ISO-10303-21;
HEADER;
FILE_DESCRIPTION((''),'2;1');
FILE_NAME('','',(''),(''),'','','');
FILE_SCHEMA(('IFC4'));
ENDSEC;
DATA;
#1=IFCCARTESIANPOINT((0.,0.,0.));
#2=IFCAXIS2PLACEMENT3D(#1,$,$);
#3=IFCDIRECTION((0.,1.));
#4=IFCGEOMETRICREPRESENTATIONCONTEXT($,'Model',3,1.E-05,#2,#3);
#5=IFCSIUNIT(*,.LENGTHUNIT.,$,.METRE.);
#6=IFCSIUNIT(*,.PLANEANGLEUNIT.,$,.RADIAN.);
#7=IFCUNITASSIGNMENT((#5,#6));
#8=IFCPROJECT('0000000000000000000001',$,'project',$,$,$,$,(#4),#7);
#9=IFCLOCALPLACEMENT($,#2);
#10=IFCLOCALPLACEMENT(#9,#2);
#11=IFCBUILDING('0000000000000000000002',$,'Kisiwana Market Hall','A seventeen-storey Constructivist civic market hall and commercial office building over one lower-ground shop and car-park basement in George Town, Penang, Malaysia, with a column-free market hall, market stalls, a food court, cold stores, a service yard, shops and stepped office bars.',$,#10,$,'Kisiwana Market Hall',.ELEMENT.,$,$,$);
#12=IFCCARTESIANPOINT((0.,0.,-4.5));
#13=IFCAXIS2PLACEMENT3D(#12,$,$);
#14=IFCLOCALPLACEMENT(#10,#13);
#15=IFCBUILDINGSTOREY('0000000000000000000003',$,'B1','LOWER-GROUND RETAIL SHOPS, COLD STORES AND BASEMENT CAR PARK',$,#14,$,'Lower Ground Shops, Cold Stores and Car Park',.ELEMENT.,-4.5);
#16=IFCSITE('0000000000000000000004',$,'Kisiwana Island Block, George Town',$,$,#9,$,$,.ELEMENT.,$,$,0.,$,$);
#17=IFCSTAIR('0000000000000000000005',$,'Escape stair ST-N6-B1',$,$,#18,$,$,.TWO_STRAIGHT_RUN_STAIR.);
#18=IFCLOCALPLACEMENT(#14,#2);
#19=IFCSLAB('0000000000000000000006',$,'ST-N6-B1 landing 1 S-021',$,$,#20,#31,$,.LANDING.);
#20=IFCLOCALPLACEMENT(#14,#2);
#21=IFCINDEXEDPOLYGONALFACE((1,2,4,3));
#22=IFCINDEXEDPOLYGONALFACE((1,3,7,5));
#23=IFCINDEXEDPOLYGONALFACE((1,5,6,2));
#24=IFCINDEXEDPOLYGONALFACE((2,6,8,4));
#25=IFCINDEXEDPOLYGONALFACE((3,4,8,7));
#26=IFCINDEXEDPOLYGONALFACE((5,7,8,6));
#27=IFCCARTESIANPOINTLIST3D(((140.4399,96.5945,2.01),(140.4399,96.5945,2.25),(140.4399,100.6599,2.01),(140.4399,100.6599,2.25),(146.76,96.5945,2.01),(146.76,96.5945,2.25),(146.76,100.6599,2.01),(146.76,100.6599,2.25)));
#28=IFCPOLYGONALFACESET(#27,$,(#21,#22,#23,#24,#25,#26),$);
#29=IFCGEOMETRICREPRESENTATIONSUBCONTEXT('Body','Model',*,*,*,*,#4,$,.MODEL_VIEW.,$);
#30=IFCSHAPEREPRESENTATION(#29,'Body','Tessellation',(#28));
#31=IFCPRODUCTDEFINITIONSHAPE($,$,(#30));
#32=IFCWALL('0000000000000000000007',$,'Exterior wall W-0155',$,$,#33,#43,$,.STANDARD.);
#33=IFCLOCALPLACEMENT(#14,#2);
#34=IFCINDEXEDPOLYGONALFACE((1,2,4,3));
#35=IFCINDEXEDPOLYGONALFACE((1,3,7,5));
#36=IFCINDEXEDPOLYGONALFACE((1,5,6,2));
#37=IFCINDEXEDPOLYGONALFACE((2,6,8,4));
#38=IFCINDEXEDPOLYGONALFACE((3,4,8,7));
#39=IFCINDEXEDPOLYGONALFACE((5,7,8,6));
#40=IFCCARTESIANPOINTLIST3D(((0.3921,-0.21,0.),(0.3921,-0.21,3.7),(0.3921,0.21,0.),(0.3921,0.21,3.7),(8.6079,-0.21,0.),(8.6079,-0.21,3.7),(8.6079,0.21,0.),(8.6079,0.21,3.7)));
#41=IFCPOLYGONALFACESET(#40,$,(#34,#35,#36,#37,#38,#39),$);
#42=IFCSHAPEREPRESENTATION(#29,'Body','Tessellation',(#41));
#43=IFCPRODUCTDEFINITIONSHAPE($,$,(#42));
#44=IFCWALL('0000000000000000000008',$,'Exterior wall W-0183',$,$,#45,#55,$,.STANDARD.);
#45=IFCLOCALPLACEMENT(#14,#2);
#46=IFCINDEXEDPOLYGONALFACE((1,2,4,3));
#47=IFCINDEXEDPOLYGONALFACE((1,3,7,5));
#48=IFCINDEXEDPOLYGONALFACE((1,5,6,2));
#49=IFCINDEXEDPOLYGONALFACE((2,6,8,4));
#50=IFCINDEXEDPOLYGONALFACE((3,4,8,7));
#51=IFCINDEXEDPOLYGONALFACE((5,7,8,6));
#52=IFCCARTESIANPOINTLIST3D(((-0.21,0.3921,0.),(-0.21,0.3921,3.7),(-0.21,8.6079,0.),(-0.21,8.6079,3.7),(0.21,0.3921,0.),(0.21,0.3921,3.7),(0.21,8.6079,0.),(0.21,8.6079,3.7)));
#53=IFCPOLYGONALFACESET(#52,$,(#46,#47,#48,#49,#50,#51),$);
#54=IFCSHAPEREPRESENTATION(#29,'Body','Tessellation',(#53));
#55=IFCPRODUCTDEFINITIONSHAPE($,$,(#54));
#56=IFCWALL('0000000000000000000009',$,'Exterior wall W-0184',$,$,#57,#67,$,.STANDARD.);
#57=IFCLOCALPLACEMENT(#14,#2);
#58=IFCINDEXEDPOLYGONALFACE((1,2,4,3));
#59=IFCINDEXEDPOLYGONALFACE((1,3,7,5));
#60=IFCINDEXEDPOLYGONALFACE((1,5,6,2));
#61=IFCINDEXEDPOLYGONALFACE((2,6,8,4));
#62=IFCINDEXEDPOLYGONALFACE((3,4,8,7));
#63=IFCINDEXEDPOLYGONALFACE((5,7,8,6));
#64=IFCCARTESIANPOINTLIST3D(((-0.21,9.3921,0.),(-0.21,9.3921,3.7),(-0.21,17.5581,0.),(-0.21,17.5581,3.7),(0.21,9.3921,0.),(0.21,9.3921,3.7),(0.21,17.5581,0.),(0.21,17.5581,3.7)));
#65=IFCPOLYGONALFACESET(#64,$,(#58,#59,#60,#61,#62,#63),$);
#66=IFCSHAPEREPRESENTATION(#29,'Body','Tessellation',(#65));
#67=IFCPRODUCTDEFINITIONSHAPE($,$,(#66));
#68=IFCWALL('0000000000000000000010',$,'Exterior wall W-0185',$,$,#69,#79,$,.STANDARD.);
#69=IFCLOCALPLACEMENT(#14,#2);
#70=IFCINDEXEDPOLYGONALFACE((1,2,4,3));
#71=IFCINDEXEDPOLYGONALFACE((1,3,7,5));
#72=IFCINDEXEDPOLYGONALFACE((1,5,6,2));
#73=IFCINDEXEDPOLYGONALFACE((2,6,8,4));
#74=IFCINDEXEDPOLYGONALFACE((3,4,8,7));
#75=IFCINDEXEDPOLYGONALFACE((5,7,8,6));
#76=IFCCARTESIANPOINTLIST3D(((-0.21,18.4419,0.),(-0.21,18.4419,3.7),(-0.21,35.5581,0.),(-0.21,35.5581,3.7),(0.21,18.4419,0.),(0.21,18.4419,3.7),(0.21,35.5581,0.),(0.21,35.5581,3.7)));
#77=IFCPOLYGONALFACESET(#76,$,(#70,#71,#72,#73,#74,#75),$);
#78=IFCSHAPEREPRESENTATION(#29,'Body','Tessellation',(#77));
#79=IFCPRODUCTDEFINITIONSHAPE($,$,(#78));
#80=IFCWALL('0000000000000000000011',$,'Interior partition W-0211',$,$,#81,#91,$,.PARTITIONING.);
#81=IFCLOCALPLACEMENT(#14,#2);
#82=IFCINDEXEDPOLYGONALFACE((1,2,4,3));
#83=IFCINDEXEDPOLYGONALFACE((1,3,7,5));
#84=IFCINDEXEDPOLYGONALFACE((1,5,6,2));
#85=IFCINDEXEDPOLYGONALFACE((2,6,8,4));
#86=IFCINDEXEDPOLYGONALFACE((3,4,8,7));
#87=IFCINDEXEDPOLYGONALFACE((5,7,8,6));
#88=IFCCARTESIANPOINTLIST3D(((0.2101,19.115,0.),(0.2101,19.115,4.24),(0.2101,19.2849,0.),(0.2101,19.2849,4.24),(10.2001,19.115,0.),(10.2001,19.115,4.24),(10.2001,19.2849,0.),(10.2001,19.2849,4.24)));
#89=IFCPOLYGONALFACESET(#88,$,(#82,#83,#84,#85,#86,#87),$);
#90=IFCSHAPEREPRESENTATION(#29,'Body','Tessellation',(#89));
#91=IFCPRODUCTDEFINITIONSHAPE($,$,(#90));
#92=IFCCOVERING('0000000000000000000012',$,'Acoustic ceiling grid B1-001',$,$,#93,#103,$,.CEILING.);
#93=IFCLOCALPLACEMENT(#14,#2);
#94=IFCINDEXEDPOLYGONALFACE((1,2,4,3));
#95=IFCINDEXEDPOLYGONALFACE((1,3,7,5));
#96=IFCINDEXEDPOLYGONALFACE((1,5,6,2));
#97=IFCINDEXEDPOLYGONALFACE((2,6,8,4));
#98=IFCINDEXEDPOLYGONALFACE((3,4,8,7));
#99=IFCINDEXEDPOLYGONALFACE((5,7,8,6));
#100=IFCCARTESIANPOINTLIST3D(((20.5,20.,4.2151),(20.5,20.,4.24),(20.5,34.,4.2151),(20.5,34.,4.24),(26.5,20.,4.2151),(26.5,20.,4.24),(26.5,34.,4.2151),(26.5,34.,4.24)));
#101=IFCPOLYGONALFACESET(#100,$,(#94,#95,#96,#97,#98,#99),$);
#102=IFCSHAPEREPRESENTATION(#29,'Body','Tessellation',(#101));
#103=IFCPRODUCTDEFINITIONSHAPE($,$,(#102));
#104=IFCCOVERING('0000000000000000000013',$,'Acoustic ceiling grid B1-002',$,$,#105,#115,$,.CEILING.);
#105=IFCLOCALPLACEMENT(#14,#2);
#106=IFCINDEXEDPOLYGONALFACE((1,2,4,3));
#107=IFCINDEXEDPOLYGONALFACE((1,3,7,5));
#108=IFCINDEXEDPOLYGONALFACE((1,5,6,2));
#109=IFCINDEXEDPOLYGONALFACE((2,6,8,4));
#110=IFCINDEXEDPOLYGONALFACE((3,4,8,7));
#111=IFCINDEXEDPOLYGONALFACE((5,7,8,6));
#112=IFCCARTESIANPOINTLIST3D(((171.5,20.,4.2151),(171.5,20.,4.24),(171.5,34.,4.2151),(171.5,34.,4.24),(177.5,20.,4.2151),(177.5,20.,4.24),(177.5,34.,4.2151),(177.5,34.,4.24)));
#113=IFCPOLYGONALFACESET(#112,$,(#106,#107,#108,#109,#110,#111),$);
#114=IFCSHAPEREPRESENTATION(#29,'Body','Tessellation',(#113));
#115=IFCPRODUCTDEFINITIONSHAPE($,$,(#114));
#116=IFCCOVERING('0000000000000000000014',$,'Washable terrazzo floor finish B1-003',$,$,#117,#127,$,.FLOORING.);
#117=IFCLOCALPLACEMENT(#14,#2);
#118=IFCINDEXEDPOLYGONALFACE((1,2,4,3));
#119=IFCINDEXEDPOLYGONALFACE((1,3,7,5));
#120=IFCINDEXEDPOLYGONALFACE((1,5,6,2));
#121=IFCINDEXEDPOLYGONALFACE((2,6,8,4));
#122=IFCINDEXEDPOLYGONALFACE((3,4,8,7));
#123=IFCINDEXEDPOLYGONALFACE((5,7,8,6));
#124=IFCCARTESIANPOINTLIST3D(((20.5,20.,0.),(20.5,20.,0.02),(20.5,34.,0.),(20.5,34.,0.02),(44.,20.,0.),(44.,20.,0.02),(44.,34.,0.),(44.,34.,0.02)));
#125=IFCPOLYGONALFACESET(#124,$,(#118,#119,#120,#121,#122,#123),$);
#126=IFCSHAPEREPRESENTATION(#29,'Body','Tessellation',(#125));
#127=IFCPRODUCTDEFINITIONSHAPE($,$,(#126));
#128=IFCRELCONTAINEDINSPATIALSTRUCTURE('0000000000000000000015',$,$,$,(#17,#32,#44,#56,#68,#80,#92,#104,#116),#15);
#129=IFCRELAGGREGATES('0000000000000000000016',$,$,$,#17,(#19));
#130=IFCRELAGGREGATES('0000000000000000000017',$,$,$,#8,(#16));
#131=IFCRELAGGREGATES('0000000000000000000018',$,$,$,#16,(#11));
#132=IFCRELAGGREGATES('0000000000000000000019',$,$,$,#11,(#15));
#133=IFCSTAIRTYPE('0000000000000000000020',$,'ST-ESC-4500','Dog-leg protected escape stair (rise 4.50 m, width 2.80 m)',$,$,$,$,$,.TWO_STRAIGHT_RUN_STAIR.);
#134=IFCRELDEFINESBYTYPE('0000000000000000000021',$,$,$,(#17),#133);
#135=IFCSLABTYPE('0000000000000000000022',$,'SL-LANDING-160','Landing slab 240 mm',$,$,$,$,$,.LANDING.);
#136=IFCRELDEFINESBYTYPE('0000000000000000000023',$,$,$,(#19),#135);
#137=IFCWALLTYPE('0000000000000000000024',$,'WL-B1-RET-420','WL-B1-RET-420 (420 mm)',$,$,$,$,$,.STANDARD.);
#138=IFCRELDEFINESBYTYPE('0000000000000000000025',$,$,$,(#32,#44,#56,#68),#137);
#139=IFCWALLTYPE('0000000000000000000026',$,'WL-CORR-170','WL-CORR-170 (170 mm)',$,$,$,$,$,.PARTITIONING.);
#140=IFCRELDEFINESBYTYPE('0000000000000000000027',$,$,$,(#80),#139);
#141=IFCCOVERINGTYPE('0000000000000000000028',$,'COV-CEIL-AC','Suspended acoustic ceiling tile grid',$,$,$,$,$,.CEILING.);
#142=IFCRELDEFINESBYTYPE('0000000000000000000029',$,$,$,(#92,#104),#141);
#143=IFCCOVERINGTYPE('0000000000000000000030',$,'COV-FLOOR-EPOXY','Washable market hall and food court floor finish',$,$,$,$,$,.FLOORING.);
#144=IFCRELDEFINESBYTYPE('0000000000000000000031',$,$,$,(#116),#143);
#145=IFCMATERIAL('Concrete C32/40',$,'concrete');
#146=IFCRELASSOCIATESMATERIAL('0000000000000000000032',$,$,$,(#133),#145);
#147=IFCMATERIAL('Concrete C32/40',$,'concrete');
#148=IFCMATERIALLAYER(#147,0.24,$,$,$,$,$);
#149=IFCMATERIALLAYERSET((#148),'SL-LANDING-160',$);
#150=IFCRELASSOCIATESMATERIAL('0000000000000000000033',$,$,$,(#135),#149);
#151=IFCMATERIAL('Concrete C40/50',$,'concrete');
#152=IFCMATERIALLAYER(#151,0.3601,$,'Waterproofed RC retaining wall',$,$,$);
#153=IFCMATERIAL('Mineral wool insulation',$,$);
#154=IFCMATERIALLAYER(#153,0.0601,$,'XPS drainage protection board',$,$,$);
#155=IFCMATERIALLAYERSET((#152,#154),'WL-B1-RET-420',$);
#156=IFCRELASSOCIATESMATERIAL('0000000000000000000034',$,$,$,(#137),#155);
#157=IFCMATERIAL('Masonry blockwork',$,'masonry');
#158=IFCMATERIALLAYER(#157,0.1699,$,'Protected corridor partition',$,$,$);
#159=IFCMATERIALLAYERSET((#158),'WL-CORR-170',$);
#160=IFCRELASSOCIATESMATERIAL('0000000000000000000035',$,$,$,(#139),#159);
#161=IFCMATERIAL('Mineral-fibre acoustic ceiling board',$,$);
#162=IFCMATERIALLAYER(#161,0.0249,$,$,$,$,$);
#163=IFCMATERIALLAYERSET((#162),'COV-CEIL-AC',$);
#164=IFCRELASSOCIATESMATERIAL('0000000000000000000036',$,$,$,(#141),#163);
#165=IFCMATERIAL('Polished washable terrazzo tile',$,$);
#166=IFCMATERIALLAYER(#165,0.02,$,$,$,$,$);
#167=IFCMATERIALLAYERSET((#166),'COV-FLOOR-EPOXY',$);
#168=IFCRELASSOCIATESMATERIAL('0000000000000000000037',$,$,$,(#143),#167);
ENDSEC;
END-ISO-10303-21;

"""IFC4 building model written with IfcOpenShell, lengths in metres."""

from ifc_helpers import new_model, si_unit, direction, frame, frame_2d, origin, place, context, subcontext, project, spatial, polyline, rectangle, outline, extrude, material, layer, layer_set, type_object, element, aggregate, save


model = new_model("IFC4")

# Units and contexts
model_context = context("Model", 3, precision=1e-05, world=origin(), true_north=direction((0.0, 1.0)))
body_context = subcontext(model_context, "Body", "Model", "MODEL_VIEW")
ifc_project = project(units=[si_unit("LENGTHUNIT", "METRE"), si_unit("PLANEANGLEUNIT", "RADIAN")], contexts=[model_context])

# Site, building, storey
site_placement = place(None, origin())
site = spatial("IfcSite", under=ifc_project, at=site_placement, Name="Kisiwana Island Block, George Town", CompositionType="ELEMENT", RefElevation=0.0)
building_placement = place(site_placement, origin())
building = spatial("IfcBuilding", under=site, at=building_placement, Name="Kisiwana Market Hall", Description="A seventeen-storey Constructivist civic market hall and commercial office building over one lower-ground shop and car-park basement in George Town, Penang, Malaysia, with a column-free market hall, market stalls, a food court, cold stores, a service yard, shops and stepped office bars.", LongName="Kisiwana Market Hall", CompositionType="ELEMENT")
storey_placement = place(building_placement, frame((0.0, 0.0, -4.5)))
storey = spatial("IfcBuildingStorey", under=building, at=storey_placement, Name="B1", Description="LOWER-GROUND RETAIL SHOPS, COLD STORES AND BASEMENT CAR PARK", LongName="Lower Ground Shops, Cold Stores and Car Park", CompositionType="ELEMENT", Elevation=-4.5)

# Stair, slab
ifc_material_1 = material(Name="Concrete C32/40", Category="concrete")
stair_type = type_object("IfcStairType", Name="ST-ESC-4500", Description="Dog-leg protected escape stair (rise 4.50 m, width 2.80 m)", PredefinedType="TWO_STRAIGHT_RUN_STAIR", material=ifc_material_1)
ifc_material_2 = material(Name="Concrete C32/40", Category="concrete")
ifc_layer_1 = layer(ifc_material_2, 0.24)
ifc_layer_set_1 = layer_set([ifc_layer_1], Name="SL-LANDING-160")
slab_type = type_object("IfcSlabType", Name="SL-LANDING-160", Description="Landing slab 240 mm", PredefinedType="LANDING", material=ifc_layer_set_1)
stair_1_placement = place(storey_placement, origin())
stair_1 = element("IfcStair", 1, at=stair_1_placement, inside=storey, type_object=stair_type, Name="Escape stair ST-N6-B1", PredefinedType="TWO_STRAIGHT_RUN_STAIR")
slab_1_placement = place(storey_placement, frame((0.0, 0.0, 2.01)))
slab_1 = element("IfcSlab", 2, at=slab_1_placement, type_object=slab_type, Name="ST-N6-B1 landing 1 S-021", PredefinedType="LANDING", context=body_context, shape_type="SweptSolid", body=[
    extrude(outline(polyline([(140.4399, 96.5945), (146.76, 96.5945), (146.76, 100.6599), (140.4399, 100.6599), (140.4399, 96.5945)])), origin(), (0.0, 0.0, 1.0), 0.24),
])
aggregate(stair_1, [slab_1])

# Walls
ifc_material_3 = material(Name="Concrete C40/50", Category="concrete")
ifc_layer_2 = layer(ifc_material_3, 0.3601, Name="Waterproofed RC retaining wall")
ifc_material_4 = material(Name="Mineral wool insulation")
ifc_layer_3 = layer(ifc_material_4, 0.0601, Name="XPS drainage protection board")
ifc_layer_set_2 = layer_set([ifc_layer_2, ifc_layer_3], Name="WL-B1-RET-420")
wall_type_1 = type_object("IfcWallType", Name="WL-B1-RET-420", Description="WL-B1-RET-420 (420 mm)", PredefinedType="STANDARD", material=ifc_layer_set_2)
for number, where, z_axis, x_axis, name in (
    (3, (0.3921, 0.0, 0.0), (0.0, 0.0, 1.0), (1.0, 0.0, 0.0), "Exterior wall W-0155"),
    (4, (0.0, 0.3921, 0.0), (0.0, 0.0, 1.0), (0.0, 1.0, 0.0), "Exterior wall W-0183"),
):
    element("IfcWall", number, at=place(storey_placement, frame(where, z_axis=z_axis, x_axis=x_axis)), inside=storey, type_object=wall_type_1, Name=name, PredefinedType="STANDARD", context=body_context, shape_type="SweptSolid", body=[
        extrude(rectangle(XDim=8.2158, YDim=0.4199, at=frame_2d((4.1079, 0.0))), origin(), (0.0, 0.0, 1.0), 3.7),
    ])
wall_1_placement = place(storey_placement, frame((0.0, 9.3921, 0.0), z_axis=(0.0, 0.0, 1.0), x_axis=(0.0, 1.0, 0.0)))
element("IfcWall", 5, at=wall_1_placement, inside=storey, type_object=wall_type_1, Name="Exterior wall W-0184", PredefinedType="STANDARD", context=body_context, shape_type="SweptSolid", body=[
    extrude(rectangle(XDim=8.166, YDim=0.4199, at=frame_2d((4.083, 0.0))), origin(), (0.0, 0.0, 1.0), 3.7),
])
wall_2_placement = place(storey_placement, frame((0.0, 18.4419, 0.0), z_axis=(0.0, 0.0, 1.0), x_axis=(0.0, 1.0, 0.0)))
element("IfcWall", 6, at=wall_2_placement, inside=storey, type_object=wall_type_1, Name="Exterior wall W-0185", PredefinedType="STANDARD", context=body_context, shape_type="SweptSolid", body=[
    extrude(rectangle(XDim=17.1162, YDim=0.4199, at=frame_2d((8.5581, 0.0))), origin(), (0.0, 0.0, 1.0), 3.7),
])
ifc_material_5 = material(Name="Masonry blockwork", Category="masonry")
ifc_layer_4 = layer(ifc_material_5, 0.1699, Name="Protected corridor partition")
ifc_layer_set_3 = layer_set([ifc_layer_4], Name="WL-CORR-170")
wall_type_2 = type_object("IfcWallType", Name="WL-CORR-170", Description="WL-CORR-170 (170 mm)", PredefinedType="PARTITIONING", material=ifc_layer_set_3)
wall_3_placement = place(storey_placement, frame((0.21, 19.2, 0.0), z_axis=(0.0, 0.0, 1.0), x_axis=(1.0, 0.0, 0.0)))
element("IfcWall", 7, at=wall_3_placement, inside=storey, type_object=wall_type_2, Name="Interior partition W-0211", PredefinedType="PARTITIONING", context=body_context, shape_type="SweptSolid", body=[
    extrude(rectangle(XDim=9.99, YDim=0.1699, at=frame_2d((4.9951, 0.0))), origin(), (0.0, 0.0, 1.0), 4.24),
])

# Coverings
ifc_material_6 = material(Name="Mineral-fibre acoustic ceiling board")
ifc_layer_5 = layer(ifc_material_6, 0.0249)
ifc_layer_set_4 = layer_set([ifc_layer_5], Name="COV-CEIL-AC")
covering_type_1 = type_object("IfcCoveringType", Name="COV-CEIL-AC", Description="Suspended acoustic ceiling tile grid", PredefinedType="CEILING", material=ifc_layer_set_4)
covering_1_placement = place(storey_placement, frame((0.0, 0.0, 4.2151)))
element("IfcCovering", 8, at=covering_1_placement, inside=storey, type_object=covering_type_1, Name="Acoustic ceiling grid B1-001", PredefinedType="CEILING", context=body_context, shape_type="SweptSolid", body=[
    extrude(outline(polyline([(20.5, 20.0), (26.5, 20.0), (26.5, 34.0), (20.5, 34.0), (20.5, 20.0)])), origin(), (0.0, 0.0, 1.0), 0.0249),
])
covering_2_placement = place(storey_placement, frame((0.0, 0.0, 4.2151)))
element("IfcCovering", 9, at=covering_2_placement, inside=storey, type_object=covering_type_1, Name="Acoustic ceiling grid B1-002", PredefinedType="CEILING", context=body_context, shape_type="SweptSolid", body=[
    extrude(outline(polyline([(171.5, 20.0), (177.5, 20.0), (177.5, 34.0), (171.5, 34.0), (171.5, 20.0)])), origin(), (0.0, 0.0, 1.0), 0.0249),
])
ifc_material_7 = material(Name="Polished washable terrazzo tile")
ifc_layer_6 = layer(ifc_material_7, 0.02)
ifc_layer_set_5 = layer_set([ifc_layer_6], Name="COV-FLOOR-EPOXY")
covering_type_2 = type_object("IfcCoveringType", Name="COV-FLOOR-EPOXY", Description="Washable market hall and food court floor finish", PredefinedType="FLOORING", material=ifc_layer_set_5)
covering_3_placement = place(storey_placement, origin())
element("IfcCovering", 10, at=covering_3_placement, inside=storey, type_object=covering_type_2, Name="Washable terrazzo floor finish B1-003", PredefinedType="FLOORING", context=body_context, shape_type="SweptSolid", body=[
    extrude(outline(polyline([(20.5, 20.0), (44.0, 20.0), (44.0, 34.0), (20.5, 34.0), (20.5, 20.0)])), origin(), (0.0, 0.0, 1.0), 0.02),
])

save(model, "model.ifc")
